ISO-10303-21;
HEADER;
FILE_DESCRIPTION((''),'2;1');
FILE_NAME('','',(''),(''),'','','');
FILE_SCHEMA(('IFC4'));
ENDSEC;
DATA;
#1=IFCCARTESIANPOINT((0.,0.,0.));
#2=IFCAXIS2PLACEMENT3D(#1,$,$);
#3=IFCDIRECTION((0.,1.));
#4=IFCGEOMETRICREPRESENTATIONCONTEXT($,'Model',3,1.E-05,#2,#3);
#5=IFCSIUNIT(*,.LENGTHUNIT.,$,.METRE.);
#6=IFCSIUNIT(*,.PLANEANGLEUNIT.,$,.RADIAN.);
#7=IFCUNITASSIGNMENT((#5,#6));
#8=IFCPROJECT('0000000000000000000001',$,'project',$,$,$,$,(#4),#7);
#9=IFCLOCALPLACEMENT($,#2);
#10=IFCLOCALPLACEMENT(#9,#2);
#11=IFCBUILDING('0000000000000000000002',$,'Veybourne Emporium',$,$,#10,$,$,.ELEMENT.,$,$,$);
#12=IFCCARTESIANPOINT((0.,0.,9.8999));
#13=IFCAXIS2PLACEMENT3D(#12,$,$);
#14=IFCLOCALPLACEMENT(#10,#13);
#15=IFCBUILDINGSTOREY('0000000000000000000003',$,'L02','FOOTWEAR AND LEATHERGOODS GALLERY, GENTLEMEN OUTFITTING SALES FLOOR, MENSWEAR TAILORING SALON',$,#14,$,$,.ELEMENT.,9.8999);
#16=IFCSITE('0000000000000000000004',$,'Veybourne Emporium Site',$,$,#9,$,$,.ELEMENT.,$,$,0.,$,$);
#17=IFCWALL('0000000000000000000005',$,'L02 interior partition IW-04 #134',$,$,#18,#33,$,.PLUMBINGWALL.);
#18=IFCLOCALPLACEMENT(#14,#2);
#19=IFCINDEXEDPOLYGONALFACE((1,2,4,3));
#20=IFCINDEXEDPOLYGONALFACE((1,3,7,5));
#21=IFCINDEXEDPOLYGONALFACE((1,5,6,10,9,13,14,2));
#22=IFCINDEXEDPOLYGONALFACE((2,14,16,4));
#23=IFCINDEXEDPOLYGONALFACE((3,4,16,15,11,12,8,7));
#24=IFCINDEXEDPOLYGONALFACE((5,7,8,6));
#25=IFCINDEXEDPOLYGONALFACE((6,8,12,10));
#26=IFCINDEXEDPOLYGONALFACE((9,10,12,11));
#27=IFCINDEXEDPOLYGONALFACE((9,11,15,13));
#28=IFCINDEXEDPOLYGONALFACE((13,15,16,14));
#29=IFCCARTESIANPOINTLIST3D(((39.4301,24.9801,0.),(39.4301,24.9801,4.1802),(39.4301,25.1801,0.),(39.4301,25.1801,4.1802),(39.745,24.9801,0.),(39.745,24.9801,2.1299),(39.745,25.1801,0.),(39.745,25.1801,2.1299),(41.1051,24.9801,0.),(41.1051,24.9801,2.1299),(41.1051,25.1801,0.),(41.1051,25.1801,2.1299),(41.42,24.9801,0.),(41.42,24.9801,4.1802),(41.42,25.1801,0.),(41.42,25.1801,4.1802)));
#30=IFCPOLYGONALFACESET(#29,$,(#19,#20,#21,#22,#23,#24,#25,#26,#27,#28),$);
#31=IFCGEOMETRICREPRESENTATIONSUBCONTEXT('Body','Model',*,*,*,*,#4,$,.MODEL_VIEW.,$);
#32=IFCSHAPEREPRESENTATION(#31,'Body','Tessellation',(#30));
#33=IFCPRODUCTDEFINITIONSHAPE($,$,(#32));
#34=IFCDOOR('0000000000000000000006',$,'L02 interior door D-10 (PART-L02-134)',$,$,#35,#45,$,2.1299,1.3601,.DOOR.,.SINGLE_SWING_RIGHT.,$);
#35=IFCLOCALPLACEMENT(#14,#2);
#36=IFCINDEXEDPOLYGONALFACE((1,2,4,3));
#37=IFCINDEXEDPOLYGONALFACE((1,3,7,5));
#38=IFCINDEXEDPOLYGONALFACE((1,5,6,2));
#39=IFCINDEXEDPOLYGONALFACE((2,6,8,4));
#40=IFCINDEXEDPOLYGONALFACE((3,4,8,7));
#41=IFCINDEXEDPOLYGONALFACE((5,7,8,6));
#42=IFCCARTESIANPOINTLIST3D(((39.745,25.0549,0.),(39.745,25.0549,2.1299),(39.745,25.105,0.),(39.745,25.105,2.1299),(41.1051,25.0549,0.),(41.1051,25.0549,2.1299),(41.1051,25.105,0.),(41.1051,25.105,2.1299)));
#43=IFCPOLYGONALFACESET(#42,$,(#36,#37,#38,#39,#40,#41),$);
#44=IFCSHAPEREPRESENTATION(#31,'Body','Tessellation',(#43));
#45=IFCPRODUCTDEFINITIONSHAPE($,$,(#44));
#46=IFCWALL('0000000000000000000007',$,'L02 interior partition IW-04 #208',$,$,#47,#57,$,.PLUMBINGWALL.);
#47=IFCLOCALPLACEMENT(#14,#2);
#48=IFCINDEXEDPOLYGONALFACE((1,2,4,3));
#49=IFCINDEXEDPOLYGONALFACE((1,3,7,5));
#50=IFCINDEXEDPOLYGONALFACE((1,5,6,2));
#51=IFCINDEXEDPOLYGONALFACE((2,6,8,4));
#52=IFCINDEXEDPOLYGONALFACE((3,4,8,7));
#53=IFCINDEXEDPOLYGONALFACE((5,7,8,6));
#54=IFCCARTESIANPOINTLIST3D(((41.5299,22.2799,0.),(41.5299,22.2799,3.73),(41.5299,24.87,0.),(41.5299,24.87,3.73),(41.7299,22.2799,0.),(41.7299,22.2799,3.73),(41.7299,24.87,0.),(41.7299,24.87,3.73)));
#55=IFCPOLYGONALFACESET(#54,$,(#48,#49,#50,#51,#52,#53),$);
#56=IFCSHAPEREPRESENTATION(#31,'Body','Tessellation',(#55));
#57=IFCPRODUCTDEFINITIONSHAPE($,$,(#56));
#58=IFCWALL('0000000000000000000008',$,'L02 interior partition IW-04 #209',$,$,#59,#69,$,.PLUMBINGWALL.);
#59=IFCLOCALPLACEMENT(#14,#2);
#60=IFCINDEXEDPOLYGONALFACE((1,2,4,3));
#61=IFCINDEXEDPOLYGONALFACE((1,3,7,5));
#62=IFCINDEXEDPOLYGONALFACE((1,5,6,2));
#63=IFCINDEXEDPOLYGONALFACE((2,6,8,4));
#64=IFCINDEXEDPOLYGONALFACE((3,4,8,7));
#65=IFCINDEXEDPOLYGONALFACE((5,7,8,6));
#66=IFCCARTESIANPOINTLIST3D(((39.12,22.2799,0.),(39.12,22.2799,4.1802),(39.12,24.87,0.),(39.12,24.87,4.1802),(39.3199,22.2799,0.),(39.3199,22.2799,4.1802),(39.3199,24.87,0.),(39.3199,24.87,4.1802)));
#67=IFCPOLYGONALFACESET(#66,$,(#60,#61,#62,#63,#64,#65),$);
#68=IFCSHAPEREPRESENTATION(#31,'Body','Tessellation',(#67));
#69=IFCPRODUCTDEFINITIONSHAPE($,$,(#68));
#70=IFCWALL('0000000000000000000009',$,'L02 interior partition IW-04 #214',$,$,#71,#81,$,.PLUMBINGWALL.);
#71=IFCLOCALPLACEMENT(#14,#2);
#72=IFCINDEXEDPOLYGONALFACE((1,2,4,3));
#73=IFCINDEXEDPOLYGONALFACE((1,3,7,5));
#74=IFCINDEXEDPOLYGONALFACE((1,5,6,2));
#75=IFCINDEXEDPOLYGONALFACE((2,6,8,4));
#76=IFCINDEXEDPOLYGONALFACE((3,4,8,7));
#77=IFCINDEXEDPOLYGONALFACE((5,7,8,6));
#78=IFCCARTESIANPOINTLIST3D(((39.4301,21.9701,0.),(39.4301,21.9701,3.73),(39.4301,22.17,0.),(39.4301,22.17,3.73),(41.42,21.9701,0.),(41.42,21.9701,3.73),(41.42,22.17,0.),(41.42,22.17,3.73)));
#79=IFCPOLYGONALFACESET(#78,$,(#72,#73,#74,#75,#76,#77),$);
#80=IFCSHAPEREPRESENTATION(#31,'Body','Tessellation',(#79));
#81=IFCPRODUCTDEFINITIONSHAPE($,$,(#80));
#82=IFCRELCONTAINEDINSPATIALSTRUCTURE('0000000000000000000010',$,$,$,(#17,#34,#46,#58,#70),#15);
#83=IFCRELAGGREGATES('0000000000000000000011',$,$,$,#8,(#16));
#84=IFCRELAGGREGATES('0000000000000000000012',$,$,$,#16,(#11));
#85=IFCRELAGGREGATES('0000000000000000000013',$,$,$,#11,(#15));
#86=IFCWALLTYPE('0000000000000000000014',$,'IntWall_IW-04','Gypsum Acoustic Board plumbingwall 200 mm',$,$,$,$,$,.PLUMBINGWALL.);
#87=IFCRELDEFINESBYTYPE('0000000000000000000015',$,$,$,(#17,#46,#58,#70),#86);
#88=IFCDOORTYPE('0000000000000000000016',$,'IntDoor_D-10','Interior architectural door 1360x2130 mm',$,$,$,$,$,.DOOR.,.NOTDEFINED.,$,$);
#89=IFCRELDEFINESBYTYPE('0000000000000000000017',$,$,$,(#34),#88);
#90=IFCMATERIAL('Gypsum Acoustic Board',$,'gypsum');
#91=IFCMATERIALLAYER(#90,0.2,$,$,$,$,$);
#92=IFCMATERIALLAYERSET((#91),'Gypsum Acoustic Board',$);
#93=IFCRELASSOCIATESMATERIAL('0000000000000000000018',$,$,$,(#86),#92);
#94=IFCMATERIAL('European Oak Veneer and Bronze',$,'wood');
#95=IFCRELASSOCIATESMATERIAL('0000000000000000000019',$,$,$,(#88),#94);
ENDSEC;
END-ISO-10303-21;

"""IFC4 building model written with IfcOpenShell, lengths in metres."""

from ifc_helpers import new_model, si_unit, direction, frame, frame_2d, origin, place, context, subcontext, project, spatial, rectangle, extrude, material, layer, layer_set, type_object, element, fill, save


model = new_model("IFC4")

# Units and contexts
model_context = context("Model", 3, precision=1e-05, world=origin(), true_north=direction((0.0, 1.0)))
body_context = subcontext(model_context, "Body", "Model", "MODEL_VIEW")
ifc_project = project(units=[si_unit("LENGTHUNIT", "METRE"), si_unit("PLANEANGLEUNIT", "RADIAN")], contexts=[model_context])

# Site, building, storey
site_placement = place(None, origin())
site = spatial("IfcSite", under=ifc_project, at=site_placement, Name="Veybourne Emporium Site", CompositionType="ELEMENT", RefElevation=0.0)
building_placement = place(site_placement, origin())
building = spatial("IfcBuilding", under=site, at=building_placement, Name="Veybourne Emporium", CompositionType="ELEMENT")
storey_placement = place(building_placement, frame((0.0, 0.0, 9.8999)))
storey = spatial("IfcBuildingStorey", under=building, at=storey_placement, Name="L02", Description="FOOTWEAR AND LEATHERGOODS GALLERY, GENTLEMEN OUTFITTING SALES FLOOR, MENSWEAR TAILORING SALON", CompositionType="ELEMENT", Elevation=9.8999)

# Shared definitions
ifc_material_1 = material(Name="Gypsum Acoustic Board", Category="gypsum")
ifc_material_2 = material(Name="European Oak Veneer and Bronze", Category="wood")

# Wall, opening, door
ifc_layer_1 = layer(ifc_material_1, 0.2)
ifc_layer_set_1 = layer_set([ifc_layer_1], Name="Gypsum Acoustic Board")
wall_type_1 = type_object("IfcWallType", Name="IntWall_IW-04", Description="Gypsum Acoustic Board plumbingwall 200 mm", PredefinedType="PLUMBINGWALL", material=ifc_layer_set_1)
wall_1_placement = place(storey_placement, frame((39.4299, 25.0801, 0.0), z_axis=(0.0, 0.0, 1.0), x_axis=(1.0, 0.0, 0.0)))
wall_1 = element("IfcWall", 1, at=wall_1_placement, inside=storey, type_object=wall_type_1, Name="L02 interior partition IW-04 #134", PredefinedType="PLUMBINGWALL", context=body_context, shape_type="SweptSolid", body=[
    extrude(rectangle(XDim=1.99, YDim=0.2, at=frame_2d((0.9951, 0.0))), origin(), (0.0, 0.0, 1.0), 4.1802),
])
opening_1_placement = place(wall_1_placement, frame((0.3149, 0.0, 0.0)))
opening_1 = element("IfcOpeningElement", 2, at=opening_1_placement, cuts=wall_1, PredefinedType="OPENING", context=body_context, shape_type="SweptSolid", body=[
    extrude(rectangle(XDim=1.3601, YDim=2.1299, at=frame_2d((0.6802, 1.0649))), frame((0.0, 0.1201, 0.0), z_axis=(0.0, -1.0, 0.0), x_axis=(1.0, 0.0, 0.0)), (0.0, 0.0, 1.0), 0.24),
])
door_type_1 = type_object("IfcDoorType", Name="IntDoor_D-10", Description="Interior architectural door 1360x2130 mm", OperationType="NOTDEFINED", PredefinedType="DOOR", material=ifc_material_2)
door_1_placement = place(opening_1_placement, origin())
door_1 = element("IfcDoor", 3, at=door_1_placement, inside=storey, type_object=door_type_1, Name="L02 interior door D-10 (PART-L02-134)", OperationType="SINGLE_SWING_RIGHT", OverallHeight=2.1299, OverallWidth=1.3601, PredefinedType="DOOR", context=body_context, shape_type="SweptSolid", body=[
    extrude(rectangle(XDim=1.3601, YDim=2.1299, at=frame_2d((0.6802, 1.0649))), frame((0.0, 0.0249, 0.0), z_axis=(0.0, -1.0, 0.0), x_axis=(1.0, 0.0, 0.0)), (0.0, 0.0, 1.0), 0.05),
])
fill(opening_1, door_1)

# Walls
wall_2_placement = place(storey_placement, frame((41.6299, 22.28, 0.0), z_axis=(0.0, 0.0, 1.0), x_axis=(0.0, 1.0, 0.0)))
element("IfcWall", 4, at=wall_2_placement, inside=storey, type_object=wall_type_1, Name="L02 interior partition IW-04 #208", PredefinedType="PLUMBINGWALL", context=body_context, shape_type="SweptSolid", body=[
    extrude(rectangle(XDim=2.5901, YDim=0.2, at=frame_2d((1.2949, 0.0))), origin(), (0.0, 0.0, 1.0), 3.73),
])
wall_3_placement = place(storey_placement, frame((39.22, 22.28, 0.0), z_axis=(0.0, 0.0, 1.0), x_axis=(0.0, 1.0, 0.0)))
element("IfcWall", 5, at=wall_3_placement, inside=storey, type_object=wall_type_1, Name="L02 interior partition IW-04 #209", PredefinedType="PLUMBINGWALL", context=body_context, shape_type="SweptSolid", body=[
    extrude(rectangle(XDim=2.5901, YDim=0.2, at=frame_2d((1.2949, 0.0))), origin(), (0.0, 0.0, 1.0), 4.1802),
])
wall_4_placement = place(storey_placement, frame((39.4299, 22.0701, 0.0), z_axis=(0.0, 0.0, 1.0), x_axis=(1.0, 0.0, 0.0)))
element("IfcWall", 6, at=wall_4_placement, inside=storey, type_object=wall_type_1, Name="L02 interior partition IW-04 #214", PredefinedType="PLUMBINGWALL", context=body_context, shape_type="SweptSolid", body=[
    extrude(rectangle(XDim=1.99, YDim=0.2, at=frame_2d((0.9951, 0.0))), origin(), (0.0, 0.0, 1.0), 3.73),
])

save(model, "model.ifc")
